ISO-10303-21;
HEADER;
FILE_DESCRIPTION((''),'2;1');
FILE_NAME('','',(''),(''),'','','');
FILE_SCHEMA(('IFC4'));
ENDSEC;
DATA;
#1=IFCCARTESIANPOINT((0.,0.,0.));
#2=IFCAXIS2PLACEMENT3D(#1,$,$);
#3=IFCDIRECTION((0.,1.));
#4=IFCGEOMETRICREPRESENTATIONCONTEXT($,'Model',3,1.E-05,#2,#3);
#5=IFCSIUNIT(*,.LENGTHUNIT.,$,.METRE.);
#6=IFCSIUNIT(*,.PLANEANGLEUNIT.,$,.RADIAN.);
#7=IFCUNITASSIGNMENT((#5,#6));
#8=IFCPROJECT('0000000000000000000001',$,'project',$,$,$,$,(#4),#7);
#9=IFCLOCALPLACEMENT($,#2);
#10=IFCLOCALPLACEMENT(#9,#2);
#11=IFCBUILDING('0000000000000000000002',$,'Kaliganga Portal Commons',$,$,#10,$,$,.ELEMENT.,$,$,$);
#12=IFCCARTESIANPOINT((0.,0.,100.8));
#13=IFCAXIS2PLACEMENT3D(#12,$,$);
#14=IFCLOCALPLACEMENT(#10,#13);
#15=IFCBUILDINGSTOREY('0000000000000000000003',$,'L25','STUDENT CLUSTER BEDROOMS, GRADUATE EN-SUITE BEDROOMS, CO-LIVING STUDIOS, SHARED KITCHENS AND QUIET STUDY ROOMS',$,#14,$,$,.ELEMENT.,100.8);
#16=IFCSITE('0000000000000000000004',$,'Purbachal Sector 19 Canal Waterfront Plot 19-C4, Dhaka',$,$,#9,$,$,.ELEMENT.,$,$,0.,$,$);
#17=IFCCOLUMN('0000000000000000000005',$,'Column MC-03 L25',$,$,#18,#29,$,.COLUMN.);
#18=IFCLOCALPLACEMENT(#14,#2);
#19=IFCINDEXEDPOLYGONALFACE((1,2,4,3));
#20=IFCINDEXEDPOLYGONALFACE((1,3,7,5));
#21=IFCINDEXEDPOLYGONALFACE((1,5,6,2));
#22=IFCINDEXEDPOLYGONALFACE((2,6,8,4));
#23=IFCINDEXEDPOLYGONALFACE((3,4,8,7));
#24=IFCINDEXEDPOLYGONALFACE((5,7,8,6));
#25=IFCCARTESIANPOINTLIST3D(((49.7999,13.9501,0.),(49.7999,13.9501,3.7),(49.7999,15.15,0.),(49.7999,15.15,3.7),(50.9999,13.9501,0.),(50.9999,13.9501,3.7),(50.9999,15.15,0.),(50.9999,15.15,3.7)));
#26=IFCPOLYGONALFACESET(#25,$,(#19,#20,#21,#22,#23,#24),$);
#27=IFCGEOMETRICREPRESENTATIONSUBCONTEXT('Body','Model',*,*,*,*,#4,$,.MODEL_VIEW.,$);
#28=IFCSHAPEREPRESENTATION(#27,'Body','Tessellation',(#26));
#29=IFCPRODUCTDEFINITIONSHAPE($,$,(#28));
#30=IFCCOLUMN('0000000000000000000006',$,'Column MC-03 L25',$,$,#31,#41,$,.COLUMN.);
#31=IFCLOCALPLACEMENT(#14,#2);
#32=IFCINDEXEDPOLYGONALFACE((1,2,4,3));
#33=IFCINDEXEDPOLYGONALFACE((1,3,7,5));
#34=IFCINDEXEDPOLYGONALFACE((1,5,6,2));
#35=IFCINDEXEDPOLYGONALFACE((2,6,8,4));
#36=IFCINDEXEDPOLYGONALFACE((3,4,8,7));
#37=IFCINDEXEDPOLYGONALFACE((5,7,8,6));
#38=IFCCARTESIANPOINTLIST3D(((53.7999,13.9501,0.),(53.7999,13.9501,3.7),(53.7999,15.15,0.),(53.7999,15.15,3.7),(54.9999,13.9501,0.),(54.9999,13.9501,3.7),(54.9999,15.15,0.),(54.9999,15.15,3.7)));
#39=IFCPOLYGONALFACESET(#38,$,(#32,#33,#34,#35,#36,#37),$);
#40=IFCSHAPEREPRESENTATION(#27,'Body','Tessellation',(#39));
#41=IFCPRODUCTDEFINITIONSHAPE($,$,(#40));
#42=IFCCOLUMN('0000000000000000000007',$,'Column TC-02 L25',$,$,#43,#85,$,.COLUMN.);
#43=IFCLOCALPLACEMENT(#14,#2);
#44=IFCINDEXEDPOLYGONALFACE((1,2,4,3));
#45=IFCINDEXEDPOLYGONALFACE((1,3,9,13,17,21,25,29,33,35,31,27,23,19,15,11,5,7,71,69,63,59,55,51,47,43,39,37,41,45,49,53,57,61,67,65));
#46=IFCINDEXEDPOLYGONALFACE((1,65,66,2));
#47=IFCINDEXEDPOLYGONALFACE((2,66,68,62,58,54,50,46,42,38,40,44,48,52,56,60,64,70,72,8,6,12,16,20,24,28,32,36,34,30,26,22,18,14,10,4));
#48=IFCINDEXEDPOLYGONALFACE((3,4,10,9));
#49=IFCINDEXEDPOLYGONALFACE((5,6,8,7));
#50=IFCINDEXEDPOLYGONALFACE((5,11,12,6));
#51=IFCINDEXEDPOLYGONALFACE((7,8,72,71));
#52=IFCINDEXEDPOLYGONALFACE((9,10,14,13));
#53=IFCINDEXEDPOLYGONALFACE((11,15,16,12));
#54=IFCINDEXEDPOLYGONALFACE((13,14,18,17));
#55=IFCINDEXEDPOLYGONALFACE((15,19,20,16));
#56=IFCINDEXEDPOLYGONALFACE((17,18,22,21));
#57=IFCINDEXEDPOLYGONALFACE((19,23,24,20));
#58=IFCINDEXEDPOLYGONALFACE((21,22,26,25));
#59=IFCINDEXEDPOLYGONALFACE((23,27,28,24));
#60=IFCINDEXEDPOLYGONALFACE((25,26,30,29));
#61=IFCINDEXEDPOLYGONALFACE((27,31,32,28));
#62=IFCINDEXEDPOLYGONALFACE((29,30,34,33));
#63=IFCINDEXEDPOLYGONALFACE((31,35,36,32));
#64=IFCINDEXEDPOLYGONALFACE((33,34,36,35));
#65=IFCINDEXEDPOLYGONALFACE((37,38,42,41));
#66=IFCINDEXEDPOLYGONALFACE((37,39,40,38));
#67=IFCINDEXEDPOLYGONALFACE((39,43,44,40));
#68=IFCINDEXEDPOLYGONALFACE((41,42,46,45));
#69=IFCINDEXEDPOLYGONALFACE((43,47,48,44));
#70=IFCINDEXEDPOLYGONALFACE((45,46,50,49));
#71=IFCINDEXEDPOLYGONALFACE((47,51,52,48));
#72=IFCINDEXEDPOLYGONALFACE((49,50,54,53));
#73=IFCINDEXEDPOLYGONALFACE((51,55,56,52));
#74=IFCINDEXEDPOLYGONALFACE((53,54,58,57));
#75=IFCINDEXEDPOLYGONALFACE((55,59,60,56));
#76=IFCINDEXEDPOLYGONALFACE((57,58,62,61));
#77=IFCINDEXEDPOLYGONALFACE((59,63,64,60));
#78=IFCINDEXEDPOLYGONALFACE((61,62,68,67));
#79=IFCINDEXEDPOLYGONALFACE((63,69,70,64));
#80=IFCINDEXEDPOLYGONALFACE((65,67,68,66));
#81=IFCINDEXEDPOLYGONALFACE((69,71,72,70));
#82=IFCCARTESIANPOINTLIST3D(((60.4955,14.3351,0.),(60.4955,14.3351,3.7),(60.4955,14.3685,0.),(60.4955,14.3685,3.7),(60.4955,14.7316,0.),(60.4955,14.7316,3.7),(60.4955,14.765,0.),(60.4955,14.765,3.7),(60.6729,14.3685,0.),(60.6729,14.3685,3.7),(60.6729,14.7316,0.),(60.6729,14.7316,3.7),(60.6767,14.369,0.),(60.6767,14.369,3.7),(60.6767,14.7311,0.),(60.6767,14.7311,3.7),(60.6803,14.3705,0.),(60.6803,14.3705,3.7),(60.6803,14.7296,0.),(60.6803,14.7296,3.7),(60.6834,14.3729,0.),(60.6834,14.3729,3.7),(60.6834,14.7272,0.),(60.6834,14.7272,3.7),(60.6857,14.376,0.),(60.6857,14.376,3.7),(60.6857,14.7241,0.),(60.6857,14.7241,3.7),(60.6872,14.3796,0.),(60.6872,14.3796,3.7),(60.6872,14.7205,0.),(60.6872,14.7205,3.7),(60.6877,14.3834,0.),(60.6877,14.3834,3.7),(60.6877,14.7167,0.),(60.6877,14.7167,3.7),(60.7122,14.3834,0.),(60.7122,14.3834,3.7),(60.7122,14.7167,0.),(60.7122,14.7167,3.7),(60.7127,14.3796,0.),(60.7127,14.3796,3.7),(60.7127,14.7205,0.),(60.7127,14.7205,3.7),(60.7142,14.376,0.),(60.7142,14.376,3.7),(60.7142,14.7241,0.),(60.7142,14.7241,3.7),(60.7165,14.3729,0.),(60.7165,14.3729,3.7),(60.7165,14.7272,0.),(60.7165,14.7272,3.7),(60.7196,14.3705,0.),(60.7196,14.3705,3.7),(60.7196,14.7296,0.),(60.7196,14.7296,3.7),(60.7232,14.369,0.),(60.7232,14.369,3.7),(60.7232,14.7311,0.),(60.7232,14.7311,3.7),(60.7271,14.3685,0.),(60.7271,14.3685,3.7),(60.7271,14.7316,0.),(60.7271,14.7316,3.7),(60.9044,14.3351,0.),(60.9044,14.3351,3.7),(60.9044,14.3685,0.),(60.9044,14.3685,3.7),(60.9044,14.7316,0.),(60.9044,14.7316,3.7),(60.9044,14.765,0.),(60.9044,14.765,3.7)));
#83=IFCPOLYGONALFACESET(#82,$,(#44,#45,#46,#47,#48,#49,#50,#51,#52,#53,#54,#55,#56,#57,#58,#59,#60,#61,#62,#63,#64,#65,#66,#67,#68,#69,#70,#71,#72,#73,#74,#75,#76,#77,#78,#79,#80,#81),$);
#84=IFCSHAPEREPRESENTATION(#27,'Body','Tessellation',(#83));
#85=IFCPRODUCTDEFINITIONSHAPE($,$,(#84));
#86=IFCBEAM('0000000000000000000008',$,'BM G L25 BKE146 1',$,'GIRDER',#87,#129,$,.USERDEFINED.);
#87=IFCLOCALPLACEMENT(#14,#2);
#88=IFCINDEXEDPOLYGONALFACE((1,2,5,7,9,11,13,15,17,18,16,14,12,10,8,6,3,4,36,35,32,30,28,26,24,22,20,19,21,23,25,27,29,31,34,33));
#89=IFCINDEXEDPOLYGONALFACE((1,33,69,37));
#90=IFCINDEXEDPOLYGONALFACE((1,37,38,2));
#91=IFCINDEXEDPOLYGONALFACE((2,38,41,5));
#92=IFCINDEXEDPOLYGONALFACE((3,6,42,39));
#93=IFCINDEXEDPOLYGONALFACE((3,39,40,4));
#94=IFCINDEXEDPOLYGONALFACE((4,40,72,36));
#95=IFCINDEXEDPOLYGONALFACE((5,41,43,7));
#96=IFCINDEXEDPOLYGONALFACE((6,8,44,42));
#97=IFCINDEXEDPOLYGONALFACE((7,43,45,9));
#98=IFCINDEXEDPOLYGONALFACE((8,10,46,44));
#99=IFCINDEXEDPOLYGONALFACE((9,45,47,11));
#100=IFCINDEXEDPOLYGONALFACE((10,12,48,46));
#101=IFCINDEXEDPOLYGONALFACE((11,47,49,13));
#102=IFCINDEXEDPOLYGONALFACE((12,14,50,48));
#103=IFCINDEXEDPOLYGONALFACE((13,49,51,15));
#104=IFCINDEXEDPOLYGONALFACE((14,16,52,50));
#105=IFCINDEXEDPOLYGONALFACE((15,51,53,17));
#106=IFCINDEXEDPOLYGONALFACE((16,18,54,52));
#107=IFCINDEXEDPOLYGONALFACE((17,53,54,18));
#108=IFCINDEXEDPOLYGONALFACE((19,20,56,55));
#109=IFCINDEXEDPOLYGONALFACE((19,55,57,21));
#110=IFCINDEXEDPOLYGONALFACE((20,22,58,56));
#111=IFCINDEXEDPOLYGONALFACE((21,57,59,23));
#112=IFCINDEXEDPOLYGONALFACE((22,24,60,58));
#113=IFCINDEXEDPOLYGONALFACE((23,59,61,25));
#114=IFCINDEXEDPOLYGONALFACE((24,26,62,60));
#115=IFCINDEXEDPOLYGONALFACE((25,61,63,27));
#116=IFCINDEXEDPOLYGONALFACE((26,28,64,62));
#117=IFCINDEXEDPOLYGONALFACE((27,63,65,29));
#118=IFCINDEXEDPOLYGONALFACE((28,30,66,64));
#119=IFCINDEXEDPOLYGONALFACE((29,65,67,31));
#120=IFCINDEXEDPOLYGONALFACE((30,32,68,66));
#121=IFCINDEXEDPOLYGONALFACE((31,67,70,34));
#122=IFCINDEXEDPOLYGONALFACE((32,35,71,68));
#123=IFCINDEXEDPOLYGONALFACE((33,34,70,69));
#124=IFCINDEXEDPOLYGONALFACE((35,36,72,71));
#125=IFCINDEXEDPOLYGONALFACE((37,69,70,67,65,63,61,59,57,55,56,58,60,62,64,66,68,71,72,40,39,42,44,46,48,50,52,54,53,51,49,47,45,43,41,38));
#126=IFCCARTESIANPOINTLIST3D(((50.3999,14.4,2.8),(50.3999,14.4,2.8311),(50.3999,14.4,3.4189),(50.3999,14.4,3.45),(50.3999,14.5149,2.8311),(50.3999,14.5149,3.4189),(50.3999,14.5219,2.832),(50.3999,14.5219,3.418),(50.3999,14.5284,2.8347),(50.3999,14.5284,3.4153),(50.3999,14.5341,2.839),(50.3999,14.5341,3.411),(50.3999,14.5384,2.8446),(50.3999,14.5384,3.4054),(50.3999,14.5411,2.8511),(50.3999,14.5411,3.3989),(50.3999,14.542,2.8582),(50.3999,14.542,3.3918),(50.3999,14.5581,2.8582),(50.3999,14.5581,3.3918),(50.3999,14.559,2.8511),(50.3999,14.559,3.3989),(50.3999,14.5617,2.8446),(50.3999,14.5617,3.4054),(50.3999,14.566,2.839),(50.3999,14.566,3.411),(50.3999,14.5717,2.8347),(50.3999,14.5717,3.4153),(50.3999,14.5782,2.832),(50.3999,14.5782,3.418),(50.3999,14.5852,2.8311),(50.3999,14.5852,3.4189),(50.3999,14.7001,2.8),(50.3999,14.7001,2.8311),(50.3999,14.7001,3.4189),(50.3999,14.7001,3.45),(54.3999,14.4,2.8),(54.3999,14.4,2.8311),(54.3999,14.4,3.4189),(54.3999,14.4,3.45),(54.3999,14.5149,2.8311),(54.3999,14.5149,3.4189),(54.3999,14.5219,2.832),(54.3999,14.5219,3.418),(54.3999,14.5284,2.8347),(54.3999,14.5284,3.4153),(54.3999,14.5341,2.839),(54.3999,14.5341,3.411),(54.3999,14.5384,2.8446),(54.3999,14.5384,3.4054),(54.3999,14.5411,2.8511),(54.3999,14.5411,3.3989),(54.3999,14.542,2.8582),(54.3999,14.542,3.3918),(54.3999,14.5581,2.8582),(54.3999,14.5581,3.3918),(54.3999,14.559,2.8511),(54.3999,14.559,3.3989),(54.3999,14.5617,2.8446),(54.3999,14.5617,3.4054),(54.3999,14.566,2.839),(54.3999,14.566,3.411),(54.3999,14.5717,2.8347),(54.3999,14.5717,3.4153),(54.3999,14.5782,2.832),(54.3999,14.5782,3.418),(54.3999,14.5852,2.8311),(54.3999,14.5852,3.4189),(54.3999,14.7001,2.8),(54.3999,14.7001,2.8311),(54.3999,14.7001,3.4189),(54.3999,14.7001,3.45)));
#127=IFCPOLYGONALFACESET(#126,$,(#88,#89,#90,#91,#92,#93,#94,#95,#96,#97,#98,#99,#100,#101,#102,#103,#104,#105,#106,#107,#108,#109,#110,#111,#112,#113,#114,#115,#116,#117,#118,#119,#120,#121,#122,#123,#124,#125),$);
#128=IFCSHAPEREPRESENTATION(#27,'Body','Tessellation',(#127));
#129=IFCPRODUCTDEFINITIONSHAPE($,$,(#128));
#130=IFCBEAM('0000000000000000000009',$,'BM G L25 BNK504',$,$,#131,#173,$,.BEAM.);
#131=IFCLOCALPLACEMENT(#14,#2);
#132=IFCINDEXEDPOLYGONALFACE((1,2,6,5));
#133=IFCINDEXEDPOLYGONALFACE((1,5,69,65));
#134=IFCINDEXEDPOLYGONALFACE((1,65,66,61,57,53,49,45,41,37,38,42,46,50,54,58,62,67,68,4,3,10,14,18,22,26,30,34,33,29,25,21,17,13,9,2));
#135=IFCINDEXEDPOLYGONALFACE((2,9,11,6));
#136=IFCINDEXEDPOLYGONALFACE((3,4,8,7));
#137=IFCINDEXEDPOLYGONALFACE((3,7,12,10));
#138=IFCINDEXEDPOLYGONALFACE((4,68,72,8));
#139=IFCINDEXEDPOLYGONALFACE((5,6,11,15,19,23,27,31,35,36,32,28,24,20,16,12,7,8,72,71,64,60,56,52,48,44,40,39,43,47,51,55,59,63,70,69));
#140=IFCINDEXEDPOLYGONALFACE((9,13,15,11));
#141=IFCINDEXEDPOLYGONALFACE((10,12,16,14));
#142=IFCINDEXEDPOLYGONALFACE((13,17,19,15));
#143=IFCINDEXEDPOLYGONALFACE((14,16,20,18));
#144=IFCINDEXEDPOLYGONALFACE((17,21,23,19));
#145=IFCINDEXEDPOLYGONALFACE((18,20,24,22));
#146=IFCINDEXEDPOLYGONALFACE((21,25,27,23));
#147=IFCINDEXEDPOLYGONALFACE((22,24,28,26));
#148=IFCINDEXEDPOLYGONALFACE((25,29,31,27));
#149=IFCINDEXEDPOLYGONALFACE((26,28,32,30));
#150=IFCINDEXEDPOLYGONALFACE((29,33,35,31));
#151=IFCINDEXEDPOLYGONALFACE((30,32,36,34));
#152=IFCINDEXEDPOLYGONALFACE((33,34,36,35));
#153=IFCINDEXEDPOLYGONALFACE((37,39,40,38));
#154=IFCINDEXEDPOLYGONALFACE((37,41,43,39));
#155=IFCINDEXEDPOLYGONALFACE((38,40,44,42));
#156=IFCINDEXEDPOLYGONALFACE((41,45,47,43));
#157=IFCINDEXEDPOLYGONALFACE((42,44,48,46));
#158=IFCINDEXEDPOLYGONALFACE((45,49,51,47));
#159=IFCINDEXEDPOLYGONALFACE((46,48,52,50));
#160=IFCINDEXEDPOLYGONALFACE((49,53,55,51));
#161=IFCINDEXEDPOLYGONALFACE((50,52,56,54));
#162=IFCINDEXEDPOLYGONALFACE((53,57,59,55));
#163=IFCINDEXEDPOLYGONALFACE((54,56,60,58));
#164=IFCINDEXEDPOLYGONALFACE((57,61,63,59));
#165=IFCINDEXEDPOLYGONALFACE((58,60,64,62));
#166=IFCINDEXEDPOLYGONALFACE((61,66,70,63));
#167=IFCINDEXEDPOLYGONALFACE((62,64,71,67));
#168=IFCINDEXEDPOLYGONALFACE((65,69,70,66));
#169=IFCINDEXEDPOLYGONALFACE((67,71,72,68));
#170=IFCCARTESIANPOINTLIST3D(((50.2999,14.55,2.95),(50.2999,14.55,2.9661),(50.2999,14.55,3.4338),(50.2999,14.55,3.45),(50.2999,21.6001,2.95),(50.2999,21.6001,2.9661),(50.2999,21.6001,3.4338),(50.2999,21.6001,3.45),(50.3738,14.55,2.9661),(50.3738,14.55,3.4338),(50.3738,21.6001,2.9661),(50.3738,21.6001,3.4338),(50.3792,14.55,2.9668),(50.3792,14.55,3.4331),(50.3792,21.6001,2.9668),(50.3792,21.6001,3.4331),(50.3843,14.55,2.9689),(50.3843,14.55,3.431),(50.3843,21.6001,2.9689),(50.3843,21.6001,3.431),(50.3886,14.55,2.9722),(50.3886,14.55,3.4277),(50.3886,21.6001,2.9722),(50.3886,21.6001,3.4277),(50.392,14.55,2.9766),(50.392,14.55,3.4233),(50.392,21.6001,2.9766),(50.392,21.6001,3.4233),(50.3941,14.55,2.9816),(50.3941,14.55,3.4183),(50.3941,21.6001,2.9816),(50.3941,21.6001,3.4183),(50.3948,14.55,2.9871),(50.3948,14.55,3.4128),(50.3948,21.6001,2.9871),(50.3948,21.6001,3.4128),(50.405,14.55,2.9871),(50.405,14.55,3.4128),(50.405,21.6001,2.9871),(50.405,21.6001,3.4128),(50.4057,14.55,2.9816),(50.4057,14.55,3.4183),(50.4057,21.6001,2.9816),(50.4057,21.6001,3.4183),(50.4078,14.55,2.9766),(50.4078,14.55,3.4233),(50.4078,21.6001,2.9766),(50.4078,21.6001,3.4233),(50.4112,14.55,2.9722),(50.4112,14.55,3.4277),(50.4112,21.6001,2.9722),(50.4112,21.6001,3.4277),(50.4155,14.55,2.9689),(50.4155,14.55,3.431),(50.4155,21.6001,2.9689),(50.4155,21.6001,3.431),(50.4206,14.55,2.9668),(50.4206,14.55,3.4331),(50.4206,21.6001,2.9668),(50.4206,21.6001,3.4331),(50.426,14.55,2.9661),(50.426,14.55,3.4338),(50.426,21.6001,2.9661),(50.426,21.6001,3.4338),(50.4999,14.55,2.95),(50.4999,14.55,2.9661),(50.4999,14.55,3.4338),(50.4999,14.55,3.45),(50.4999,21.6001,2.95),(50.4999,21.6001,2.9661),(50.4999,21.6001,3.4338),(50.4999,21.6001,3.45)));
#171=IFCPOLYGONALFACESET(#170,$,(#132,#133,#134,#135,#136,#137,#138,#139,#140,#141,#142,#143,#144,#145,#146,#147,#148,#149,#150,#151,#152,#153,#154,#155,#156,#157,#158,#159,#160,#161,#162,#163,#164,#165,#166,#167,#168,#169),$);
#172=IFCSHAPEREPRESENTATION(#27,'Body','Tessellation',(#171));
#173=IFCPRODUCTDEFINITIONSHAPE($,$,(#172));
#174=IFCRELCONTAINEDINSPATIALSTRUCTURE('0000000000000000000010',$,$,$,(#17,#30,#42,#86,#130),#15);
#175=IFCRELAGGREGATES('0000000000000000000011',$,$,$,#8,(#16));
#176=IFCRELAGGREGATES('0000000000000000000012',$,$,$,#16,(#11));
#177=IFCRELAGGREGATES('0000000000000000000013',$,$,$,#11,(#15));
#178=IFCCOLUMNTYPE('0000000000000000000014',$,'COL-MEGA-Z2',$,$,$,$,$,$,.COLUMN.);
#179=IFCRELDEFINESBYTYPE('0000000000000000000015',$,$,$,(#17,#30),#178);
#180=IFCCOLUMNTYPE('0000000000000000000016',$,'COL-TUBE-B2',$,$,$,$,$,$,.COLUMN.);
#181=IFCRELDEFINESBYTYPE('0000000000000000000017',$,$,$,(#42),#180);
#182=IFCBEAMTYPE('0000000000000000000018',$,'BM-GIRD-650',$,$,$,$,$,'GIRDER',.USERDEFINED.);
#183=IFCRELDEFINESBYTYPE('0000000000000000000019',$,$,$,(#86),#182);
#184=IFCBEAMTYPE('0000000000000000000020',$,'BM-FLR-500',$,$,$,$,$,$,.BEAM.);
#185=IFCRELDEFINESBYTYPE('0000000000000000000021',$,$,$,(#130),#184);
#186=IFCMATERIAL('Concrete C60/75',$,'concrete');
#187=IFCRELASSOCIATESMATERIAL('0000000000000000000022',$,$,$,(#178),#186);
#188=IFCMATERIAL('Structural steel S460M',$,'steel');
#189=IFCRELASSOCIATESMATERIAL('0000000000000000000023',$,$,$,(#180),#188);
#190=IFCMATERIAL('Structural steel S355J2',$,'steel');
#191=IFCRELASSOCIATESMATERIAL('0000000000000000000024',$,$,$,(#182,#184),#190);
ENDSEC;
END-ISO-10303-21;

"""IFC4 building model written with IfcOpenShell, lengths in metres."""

from ifc_helpers import new_model, si_unit, direction, frame, origin, origin_2d, place, context, subcontext, project, spatial, rectangle, i_section, extrude, source, transform, mapped, material, material_profile, profile_set, type_object, element, save


model = new_model("IFC4")

# Units and contexts
model_context = context("Model", 3, precision=1e-05, world=origin(), true_north=direction((0.0, 1.0)))
body_context = subcontext(model_context, "Body", "Model", "MODEL_VIEW")
ifc_project = project(units=[si_unit("LENGTHUNIT", "METRE"), si_unit("PLANEANGLEUNIT", "RADIAN")], contexts=[model_context])

# Site, building, storey
site_placement = place(None, origin())
site = spatial("IfcSite", under=ifc_project, at=site_placement, Name="Purbachal Sector 19 Canal Waterfront Plot 19-C4, Dhaka", CompositionType="ELEMENT", RefElevation=0.0)
building_placement = place(site_placement, origin())
building = spatial("IfcBuilding", under=site, at=building_placement, Name="Kaliganga Portal Commons", CompositionType="ELEMENT")
storey_placement = place(building_placement, frame((0.0, 0.0, 100.8)))
storey = spatial("IfcBuildingStorey", under=building, at=storey_placement, Name="L25", Description="STUDENT CLUSTER BEDROOMS, GRADUATE EN-SUITE BEDROOMS, CO-LIVING STUDIOS, SHARED KITCHENS AND QUIET STUDY ROOMS", CompositionType="ELEMENT", Elevation=100.8)

# Columns
ifc_material_1 = material(Name="Concrete C60/75", Category="concrete")
ifc_material_profile_1 = material_profile(ifc_material_1, rectangle(XDim=1.2, YDim=1.2, at=origin_2d()), Name="RC 1200x1200")
ifc_profile_set_1 = profile_set([ifc_material_profile_1], Name="Concrete C60/75")
column_type_1 = type_object("IfcColumnType", Name="COL-MEGA-Z2", PredefinedType="COLUMN", material=ifc_profile_set_1)
shared_shape_1 = source(origin(), body_context, "Body", "SweptSolid", [
    extrude(rectangle(XDim=1.2, YDim=1.2, at=origin_2d()), origin(), (0.0, 0.0, 1.0), 3.7),
])
for number, where, z_axis, x_axis, name in (
    (1, (50.3999, 14.55, 0.0), (0.0, 0.0, 1.0), (1.0, 0.0, 0.0), "Column MC-03 L25"),
    (2, (54.3999, 14.55, 0.0), (0.0, 0.0, 1.0), (1.0, 0.0, 0.0), "Column MC-03 L25"),
):
    element("IfcColumn", number, at=place(storey_placement, frame(where, z_axis=z_axis, x_axis=x_axis)), inside=storey, type_object=column_type_1, Name=name, PredefinedType="COLUMN", context=body_context, shape_type="MappedRepresentation", body=[
        mapped(shared_shape_1, transform((0.0, 0.0, 0.0), x_axis=(1.0, 0.0, 0.0), y_axis=(0.0, 1.0, 0.0), z_axis=(0.0, 0.0, 1.0), scale=1.0)),
    ])
ifc_material_2 = material(Name="Structural steel S460M", Category="steel")
ifc_material_profile_2 = material_profile(ifc_material_2, i_section(OverallWidth=0.4089, OverallDepth=0.4299, WebThickness=0.0244, FlangeThickness=0.0334, FilletRadius=0.0149, at=origin_2d()), Name="HD 400x421")
ifc_profile_set_2 = profile_set([ifc_material_profile_2], Name="Structural steel S460M wide-flange")
column_type_2 = type_object("IfcColumnType", Name="COL-TUBE-B2", PredefinedType="COLUMN", material=ifc_profile_set_2)
shared_shape_2 = source(origin(), body_context, "Body", "SweptSolid", [
    extrude(i_section(OverallWidth=0.4089, OverallDepth=0.4299, WebThickness=0.0244, FlangeThickness=0.0334, FilletRadius=0.0149, at=origin_2d()), origin(), (0.0, 0.0, 1.0), 3.7),
])
column_placement = place(storey_placement, frame((60.7, 14.55, 0.0), z_axis=(0.0, 0.0, 1.0), x_axis=(1.0, 0.0, 0.0)))
element("IfcColumn", 3, at=column_placement, inside=storey, type_object=column_type_2, Name="Column TC-02 L25", PredefinedType="COLUMN", context=body_context, shape_type="MappedRepresentation", body=[
    mapped(shared_shape_2, transform((0.0, 0.0, 0.0), x_axis=(1.0, 0.0, 0.0), y_axis=(0.0, 1.0, 0.0), z_axis=(0.0, 0.0, 1.0), scale=1.0)),
])

# Beams
ifc_material_3 = material(Name="Structural steel S355J2", Category="steel")
ifc_material_profile_3 = material_profile(ifc_material_3, i_section(OverallWidth=0.3, OverallDepth=0.6499, WebThickness=0.0161, FlangeThickness=0.031, FilletRadius=0.0271, at=origin_2d()), Name="HE 650 B")
ifc_profile_set_3 = profile_set([ifc_material_profile_3], Name="Structural steel S355J2 wide-flange")
beam_type_1 = type_object("IfcBeamType", Name="BM-GIRD-650", ElementType="GIRDER", PredefinedType="USERDEFINED", material=ifc_profile_set_3)
shared_shape_3 = source(origin(), body_context, "Body", "SweptSolid", [
    extrude(i_section(OverallWidth=0.3, OverallDepth=0.6499, WebThickness=0.0161, FlangeThickness=0.031, FilletRadius=0.0271, at=origin_2d()), origin(), (0.0, 0.0, 1.0), 4.0),
])
beam_1_placement = place(storey_placement, frame((50.3999, 14.55, 3.125), z_axis=(1.0, 0.0, 0.0), x_axis=(0.0, 1.0, 0.0)))
element("IfcBeam", 4, at=beam_1_placement, inside=storey, type_object=beam_type_1, Name="BM G L25 BKE146 1", ObjectType="GIRDER", PredefinedType="USERDEFINED", context=body_context, shape_type="MappedRepresentation", body=[
    mapped(shared_shape_3, transform((0.0, 0.0, 0.0), x_axis=(1.0, 0.0, 0.0), y_axis=(0.0, 1.0, 0.0), z_axis=(0.0, 0.0, 1.0), scale=1.0)),
])
ifc_material_profile_4 = material_profile(ifc_material_3, i_section(OverallWidth=0.2, OverallDepth=0.5, WebThickness=0.0103, FlangeThickness=0.0161, FilletRadius=0.021, at=origin_2d()), Name="IPE 500")
ifc_profile_set_4 = profile_set([ifc_material_profile_4], Name="Structural steel S355J2 wide-flange")
beam_type_2 = type_object("IfcBeamType", Name="BM-FLR-500", PredefinedType="BEAM", material=ifc_profile_set_4)
shared_shape_4 = source(origin(), body_context, "Body", "SweptSolid", [
    extrude(i_section(OverallWidth=0.2, OverallDepth=0.5, WebThickness=0.0103, FlangeThickness=0.0161, FilletRadius=0.021, at=origin_2d()), origin(), (0.0, 0.0, 1.0), 7.05),
])
for number, where, z_axis, x_axis, name in (
    (5, (50.3999, 14.55, 3.2), (0.0, 1.0, 0.0), (-1.0, 0.0, 0.0), "BM G L25 BNK504"),
):
    element("IfcBeam", number, at=place(storey_placement, frame(where, z_axis=z_axis, x_axis=x_axis)), inside=storey, type_object=beam_type_2, Name=name, PredefinedType="BEAM", context=body_context, shape_type="MappedRepresentation", body=[
        mapped(shared_shape_4, transform((0.0, 0.0, 0.0), x_axis=(1.0, 0.0, 0.0), y_axis=(0.0, 1.0, 0.0), z_axis=(0.0, 0.0, 1.0), scale=1.0)),
    ])

save(model, "model.ifc")
